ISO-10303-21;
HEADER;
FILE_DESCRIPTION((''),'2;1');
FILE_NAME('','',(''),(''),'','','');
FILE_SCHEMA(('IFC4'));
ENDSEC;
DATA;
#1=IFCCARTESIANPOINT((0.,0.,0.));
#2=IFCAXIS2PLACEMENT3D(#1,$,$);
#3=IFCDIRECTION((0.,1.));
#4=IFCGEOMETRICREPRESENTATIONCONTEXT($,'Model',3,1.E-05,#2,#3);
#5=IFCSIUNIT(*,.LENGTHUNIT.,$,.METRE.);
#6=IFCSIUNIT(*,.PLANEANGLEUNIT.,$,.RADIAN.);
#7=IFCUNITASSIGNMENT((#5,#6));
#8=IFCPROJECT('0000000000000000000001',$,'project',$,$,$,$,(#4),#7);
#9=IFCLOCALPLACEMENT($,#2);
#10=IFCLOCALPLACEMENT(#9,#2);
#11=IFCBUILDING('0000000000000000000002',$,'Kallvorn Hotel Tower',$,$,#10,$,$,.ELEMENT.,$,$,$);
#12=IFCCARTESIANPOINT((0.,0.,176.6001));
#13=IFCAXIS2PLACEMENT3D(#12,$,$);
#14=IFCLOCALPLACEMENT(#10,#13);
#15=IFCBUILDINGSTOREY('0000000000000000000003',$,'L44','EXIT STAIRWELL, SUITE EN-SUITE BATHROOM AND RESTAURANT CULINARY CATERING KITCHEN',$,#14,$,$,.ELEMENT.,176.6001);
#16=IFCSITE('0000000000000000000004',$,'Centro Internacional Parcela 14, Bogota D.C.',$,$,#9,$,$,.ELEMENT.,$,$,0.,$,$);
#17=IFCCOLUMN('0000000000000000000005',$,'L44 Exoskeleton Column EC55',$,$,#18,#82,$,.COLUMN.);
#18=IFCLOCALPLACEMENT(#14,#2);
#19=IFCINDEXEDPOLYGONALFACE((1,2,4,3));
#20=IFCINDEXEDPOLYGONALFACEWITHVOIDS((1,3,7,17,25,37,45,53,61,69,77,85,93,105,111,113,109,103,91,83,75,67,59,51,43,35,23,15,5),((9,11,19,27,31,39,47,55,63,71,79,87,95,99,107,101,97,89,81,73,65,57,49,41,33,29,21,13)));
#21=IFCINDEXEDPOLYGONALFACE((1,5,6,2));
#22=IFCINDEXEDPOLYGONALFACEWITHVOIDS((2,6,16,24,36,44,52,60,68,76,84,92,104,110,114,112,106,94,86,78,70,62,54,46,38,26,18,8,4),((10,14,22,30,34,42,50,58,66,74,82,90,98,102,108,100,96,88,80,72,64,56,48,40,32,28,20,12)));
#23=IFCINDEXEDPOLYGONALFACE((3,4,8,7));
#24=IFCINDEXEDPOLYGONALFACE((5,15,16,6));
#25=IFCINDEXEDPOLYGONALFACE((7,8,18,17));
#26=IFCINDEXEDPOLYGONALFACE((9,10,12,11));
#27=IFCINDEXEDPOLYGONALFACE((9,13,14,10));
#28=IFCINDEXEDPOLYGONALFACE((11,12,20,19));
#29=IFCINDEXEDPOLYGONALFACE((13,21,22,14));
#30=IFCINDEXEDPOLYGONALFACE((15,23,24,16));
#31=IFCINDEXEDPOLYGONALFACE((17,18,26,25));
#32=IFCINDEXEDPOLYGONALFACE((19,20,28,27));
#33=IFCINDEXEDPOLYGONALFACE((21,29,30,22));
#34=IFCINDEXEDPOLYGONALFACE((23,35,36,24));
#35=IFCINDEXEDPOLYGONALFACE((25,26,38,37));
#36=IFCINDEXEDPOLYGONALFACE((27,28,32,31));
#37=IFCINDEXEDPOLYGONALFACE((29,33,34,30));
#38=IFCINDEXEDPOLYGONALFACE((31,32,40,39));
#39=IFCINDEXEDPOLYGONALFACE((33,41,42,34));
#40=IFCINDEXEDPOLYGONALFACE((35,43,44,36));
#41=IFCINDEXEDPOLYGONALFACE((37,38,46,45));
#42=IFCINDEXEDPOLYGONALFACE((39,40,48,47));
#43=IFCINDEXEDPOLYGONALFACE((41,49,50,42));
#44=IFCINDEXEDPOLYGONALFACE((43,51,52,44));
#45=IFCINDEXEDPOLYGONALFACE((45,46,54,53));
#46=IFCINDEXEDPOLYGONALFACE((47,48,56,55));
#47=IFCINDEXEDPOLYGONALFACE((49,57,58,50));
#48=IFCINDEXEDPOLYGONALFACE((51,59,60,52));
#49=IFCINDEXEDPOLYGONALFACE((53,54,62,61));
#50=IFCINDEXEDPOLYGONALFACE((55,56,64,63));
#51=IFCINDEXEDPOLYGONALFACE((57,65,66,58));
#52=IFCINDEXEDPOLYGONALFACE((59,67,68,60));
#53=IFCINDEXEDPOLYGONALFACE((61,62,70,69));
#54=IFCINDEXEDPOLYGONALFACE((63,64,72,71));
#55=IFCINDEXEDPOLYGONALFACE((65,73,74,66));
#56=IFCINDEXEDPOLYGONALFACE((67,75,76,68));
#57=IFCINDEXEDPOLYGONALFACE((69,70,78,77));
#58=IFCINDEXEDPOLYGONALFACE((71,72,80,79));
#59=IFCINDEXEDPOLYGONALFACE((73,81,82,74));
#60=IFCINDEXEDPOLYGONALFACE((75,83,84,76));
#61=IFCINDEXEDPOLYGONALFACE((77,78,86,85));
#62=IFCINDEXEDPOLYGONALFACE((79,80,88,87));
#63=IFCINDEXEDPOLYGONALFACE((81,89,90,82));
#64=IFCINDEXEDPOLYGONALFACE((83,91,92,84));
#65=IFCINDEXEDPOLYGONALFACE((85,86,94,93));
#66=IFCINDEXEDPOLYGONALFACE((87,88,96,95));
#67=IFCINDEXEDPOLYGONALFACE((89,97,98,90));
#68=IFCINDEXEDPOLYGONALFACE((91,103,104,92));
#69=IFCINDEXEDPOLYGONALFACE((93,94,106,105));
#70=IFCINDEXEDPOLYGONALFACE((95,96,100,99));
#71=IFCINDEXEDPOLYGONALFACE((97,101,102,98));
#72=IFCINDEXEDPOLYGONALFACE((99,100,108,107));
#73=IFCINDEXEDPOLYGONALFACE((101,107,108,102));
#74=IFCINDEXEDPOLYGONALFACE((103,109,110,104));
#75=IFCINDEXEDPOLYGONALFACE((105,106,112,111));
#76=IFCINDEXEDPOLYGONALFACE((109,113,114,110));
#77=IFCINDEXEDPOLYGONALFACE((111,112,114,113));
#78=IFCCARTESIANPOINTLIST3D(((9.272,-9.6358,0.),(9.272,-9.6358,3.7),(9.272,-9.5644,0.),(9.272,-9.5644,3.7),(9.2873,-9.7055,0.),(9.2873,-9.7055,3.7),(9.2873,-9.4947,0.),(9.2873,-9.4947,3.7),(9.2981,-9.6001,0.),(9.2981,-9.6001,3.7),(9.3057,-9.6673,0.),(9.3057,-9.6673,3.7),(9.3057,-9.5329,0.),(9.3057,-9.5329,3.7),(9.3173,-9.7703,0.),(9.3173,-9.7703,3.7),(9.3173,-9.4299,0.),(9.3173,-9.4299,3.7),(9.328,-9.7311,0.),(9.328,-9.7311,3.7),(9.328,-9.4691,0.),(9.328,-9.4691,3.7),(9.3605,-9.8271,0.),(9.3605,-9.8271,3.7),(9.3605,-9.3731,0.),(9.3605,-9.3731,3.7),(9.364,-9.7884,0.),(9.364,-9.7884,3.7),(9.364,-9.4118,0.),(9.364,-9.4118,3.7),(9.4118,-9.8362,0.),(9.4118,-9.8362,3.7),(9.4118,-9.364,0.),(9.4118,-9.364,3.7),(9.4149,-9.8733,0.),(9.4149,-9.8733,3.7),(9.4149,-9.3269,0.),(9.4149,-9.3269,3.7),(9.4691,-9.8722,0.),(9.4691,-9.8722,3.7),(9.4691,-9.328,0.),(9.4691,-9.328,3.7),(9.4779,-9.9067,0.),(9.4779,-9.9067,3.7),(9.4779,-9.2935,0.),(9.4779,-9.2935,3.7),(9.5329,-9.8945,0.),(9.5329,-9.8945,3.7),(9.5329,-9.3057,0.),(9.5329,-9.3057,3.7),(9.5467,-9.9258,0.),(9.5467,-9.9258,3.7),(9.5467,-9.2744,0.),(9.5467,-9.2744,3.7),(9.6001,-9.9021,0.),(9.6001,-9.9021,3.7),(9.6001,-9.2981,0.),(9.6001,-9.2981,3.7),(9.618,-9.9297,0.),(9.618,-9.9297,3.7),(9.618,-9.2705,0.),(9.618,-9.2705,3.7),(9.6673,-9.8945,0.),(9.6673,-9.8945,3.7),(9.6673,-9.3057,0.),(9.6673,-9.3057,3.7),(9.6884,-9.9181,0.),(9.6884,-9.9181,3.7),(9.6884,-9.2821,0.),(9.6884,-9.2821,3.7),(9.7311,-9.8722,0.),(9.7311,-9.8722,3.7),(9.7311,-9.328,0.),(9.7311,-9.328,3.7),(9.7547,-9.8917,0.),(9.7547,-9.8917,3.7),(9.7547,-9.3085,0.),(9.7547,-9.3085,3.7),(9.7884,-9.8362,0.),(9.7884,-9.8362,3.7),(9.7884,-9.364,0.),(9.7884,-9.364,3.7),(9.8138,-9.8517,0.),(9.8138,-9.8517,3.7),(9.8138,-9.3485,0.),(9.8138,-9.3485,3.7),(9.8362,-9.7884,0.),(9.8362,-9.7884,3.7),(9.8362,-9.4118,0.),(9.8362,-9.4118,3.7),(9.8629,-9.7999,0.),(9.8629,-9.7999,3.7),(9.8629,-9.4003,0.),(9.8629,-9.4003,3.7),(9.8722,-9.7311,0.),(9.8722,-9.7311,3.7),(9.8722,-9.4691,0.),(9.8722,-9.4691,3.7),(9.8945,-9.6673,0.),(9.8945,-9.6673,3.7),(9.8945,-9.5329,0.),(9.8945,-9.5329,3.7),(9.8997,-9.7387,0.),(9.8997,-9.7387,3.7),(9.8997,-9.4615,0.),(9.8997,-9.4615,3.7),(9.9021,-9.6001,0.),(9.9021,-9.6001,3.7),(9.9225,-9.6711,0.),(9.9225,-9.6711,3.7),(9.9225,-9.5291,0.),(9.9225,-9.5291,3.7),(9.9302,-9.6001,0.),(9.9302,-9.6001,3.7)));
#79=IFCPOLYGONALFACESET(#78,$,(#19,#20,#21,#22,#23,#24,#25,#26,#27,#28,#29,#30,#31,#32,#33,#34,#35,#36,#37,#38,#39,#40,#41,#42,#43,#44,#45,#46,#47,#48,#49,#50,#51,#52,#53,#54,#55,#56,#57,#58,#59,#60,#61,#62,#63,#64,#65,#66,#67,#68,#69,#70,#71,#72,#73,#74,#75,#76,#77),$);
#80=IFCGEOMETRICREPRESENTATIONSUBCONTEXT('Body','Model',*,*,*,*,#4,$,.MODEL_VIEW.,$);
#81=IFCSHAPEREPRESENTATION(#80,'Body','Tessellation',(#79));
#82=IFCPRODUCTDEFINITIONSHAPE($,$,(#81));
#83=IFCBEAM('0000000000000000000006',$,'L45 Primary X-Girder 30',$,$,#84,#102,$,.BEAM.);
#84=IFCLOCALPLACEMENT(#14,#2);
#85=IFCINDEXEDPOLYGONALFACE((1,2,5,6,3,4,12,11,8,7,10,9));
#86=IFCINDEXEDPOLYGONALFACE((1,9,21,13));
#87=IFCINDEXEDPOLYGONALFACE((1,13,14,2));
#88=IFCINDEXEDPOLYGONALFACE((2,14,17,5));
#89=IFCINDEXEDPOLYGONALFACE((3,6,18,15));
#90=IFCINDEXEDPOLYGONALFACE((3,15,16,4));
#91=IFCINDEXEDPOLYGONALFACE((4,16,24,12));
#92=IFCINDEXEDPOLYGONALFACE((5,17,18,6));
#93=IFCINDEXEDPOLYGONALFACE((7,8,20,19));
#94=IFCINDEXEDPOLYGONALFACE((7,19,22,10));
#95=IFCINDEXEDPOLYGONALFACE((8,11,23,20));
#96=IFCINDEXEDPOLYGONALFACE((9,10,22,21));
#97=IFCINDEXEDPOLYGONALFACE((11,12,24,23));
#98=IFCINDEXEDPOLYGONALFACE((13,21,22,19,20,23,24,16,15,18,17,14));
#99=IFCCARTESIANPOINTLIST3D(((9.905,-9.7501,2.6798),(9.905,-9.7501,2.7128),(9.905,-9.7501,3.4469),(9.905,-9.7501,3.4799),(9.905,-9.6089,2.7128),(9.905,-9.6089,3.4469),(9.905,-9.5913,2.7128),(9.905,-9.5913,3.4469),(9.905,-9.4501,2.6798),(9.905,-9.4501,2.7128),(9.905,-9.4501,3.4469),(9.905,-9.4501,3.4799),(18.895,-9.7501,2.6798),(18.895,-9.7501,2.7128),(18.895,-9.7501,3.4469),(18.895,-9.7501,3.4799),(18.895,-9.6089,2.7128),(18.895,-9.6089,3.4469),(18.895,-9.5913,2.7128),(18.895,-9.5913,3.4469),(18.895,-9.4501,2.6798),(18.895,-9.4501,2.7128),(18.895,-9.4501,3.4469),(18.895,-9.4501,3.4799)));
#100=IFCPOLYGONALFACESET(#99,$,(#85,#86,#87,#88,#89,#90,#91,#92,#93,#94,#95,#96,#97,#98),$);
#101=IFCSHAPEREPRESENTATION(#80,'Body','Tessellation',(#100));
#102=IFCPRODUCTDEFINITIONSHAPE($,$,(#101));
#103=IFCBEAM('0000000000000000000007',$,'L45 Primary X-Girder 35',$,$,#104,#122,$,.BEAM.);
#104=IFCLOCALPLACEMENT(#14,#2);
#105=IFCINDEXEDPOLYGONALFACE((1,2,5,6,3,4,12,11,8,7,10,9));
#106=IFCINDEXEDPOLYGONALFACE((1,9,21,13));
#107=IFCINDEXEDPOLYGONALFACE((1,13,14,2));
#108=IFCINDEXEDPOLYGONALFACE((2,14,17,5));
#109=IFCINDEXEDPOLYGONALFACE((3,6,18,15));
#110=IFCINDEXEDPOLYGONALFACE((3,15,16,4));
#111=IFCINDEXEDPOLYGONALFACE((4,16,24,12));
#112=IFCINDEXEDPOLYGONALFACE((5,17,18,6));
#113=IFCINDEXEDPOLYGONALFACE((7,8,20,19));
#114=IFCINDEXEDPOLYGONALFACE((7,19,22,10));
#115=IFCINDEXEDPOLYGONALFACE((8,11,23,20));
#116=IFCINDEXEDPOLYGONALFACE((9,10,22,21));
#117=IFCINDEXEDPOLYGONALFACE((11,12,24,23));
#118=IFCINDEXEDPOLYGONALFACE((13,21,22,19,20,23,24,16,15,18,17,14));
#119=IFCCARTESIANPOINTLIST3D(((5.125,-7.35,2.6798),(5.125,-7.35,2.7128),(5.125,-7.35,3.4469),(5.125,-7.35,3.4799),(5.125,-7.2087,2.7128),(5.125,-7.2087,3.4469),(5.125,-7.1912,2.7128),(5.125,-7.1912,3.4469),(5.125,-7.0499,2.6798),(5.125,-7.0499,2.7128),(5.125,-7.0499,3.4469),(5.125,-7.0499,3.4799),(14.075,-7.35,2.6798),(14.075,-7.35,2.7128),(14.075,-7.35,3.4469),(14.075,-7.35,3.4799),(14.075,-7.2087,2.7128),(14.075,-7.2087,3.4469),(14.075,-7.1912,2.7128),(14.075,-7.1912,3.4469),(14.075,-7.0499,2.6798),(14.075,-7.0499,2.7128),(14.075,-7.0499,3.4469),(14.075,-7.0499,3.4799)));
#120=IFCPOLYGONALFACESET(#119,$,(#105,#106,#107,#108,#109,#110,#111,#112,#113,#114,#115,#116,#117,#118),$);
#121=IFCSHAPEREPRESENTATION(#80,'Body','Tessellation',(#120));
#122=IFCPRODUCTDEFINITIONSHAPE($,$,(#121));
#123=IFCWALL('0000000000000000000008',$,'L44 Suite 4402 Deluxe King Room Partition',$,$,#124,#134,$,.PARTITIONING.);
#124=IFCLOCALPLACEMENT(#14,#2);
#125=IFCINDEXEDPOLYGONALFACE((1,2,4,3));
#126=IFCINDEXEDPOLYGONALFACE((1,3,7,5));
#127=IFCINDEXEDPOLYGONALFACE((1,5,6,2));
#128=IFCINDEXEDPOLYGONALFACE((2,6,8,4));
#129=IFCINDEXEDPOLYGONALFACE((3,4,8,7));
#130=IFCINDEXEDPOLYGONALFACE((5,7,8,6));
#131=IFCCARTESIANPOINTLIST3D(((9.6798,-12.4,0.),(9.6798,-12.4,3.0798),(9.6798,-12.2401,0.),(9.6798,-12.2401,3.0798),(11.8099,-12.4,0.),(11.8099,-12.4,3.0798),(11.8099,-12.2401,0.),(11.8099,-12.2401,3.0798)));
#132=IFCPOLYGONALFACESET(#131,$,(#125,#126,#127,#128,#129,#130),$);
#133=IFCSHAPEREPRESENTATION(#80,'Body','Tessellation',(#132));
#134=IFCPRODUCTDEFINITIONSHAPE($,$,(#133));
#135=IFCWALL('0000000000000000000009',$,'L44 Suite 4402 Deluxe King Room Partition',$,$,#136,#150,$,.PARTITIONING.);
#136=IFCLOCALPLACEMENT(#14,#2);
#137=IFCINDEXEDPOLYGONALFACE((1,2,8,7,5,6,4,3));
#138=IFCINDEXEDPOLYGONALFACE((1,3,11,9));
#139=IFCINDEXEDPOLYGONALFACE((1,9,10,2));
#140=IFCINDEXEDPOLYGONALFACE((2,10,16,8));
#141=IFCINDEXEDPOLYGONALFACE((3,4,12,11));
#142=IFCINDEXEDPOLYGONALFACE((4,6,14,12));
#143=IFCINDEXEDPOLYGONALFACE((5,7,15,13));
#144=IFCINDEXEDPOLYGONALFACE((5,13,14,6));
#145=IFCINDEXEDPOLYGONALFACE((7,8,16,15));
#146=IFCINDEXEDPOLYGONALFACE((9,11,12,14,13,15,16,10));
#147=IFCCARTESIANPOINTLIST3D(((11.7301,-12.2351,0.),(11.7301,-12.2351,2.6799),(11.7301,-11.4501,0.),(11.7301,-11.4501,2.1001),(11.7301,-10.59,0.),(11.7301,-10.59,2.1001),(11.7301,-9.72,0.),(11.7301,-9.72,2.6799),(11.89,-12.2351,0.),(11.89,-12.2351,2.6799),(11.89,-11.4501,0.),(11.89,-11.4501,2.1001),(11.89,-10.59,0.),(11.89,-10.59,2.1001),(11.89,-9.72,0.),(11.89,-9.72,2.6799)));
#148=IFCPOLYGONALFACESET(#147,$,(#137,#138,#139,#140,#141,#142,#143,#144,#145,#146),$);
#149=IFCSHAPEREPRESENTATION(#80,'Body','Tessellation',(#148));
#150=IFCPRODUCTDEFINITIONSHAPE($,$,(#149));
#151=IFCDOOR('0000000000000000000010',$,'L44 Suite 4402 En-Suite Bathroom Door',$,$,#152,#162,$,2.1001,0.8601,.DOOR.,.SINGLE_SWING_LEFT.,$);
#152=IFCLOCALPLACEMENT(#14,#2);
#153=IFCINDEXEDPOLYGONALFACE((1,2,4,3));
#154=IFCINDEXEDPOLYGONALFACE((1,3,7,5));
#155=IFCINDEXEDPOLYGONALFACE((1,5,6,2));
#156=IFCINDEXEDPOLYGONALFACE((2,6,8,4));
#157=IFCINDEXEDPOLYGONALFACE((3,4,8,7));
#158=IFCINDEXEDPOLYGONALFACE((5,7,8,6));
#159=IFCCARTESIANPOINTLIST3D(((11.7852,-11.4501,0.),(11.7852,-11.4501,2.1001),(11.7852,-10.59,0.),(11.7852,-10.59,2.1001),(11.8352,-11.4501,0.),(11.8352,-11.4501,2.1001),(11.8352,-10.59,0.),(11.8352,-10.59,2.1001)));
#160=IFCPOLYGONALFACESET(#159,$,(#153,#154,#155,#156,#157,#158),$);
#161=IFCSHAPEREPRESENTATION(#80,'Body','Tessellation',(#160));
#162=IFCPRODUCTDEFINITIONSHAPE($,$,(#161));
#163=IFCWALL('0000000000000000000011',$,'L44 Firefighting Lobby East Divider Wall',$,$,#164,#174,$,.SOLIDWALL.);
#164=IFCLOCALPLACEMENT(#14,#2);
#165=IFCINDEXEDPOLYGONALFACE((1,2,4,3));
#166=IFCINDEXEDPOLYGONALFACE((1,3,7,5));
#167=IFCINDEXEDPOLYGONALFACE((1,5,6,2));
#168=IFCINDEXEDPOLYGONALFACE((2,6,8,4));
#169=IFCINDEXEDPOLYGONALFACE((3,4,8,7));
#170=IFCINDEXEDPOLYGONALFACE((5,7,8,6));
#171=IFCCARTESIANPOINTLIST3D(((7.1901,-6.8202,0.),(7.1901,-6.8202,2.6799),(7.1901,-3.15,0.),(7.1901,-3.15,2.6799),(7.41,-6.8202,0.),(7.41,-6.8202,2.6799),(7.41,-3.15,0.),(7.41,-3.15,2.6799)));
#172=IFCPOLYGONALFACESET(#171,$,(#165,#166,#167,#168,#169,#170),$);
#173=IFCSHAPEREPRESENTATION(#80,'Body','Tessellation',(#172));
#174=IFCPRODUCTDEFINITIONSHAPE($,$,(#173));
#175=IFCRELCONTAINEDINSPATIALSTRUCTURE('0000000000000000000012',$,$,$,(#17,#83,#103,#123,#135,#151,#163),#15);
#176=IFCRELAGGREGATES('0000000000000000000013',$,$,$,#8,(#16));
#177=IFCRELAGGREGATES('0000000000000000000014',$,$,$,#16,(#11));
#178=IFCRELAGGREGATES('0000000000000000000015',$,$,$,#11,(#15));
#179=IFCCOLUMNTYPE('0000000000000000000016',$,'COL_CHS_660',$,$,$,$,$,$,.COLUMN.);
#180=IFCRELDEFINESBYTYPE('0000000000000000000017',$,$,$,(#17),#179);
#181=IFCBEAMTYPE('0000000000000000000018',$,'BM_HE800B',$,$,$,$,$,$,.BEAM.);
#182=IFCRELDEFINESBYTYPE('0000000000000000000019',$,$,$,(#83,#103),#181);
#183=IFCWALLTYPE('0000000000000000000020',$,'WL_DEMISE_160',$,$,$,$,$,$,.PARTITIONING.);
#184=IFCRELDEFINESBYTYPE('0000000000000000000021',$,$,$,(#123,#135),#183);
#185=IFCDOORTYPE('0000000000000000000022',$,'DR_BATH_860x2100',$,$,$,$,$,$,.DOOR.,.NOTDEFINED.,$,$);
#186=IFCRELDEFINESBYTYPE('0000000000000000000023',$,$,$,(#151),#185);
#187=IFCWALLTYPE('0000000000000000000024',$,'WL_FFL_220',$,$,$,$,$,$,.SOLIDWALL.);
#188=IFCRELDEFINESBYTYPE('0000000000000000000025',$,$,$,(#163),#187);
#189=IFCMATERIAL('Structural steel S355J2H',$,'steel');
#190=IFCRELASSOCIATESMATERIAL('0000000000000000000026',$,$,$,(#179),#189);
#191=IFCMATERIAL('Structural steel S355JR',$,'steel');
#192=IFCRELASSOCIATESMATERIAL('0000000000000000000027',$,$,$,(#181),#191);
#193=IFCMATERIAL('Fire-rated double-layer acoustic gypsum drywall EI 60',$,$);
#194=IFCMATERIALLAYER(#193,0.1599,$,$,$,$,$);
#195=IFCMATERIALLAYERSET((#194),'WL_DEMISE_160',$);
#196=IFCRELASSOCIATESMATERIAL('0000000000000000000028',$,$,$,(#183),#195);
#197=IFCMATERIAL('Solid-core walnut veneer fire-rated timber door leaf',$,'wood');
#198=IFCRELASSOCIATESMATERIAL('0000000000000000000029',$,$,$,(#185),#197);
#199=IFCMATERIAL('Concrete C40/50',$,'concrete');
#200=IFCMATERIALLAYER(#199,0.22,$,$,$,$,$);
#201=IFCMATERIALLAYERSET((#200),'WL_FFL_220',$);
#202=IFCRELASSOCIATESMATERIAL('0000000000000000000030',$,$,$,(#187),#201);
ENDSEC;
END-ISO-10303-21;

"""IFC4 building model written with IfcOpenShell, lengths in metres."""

from ifc_helpers import new_model, si_unit, direction, frame, frame_2d, origin, origin_2d, place, context, subcontext, project, spatial, rectangle, hollow_circle, i_section, extrude, material, layer, layer_set, material_profile, profile_set, type_object, element, fill, save


model = new_model("IFC4")

# Units and contexts
model_context = context("Model", 3, precision=1e-05, world=origin(), true_north=direction((0.0, 1.0)))
body_context = subcontext(model_context, "Body", "Model", "MODEL_VIEW")
ifc_project = project(units=[si_unit("LENGTHUNIT", "METRE"), si_unit("PLANEANGLEUNIT", "RADIAN")], contexts=[model_context])

# Site, building, storey
site_placement = place(None, origin())
site = spatial("IfcSite", under=ifc_project, at=site_placement, Name="Centro Internacional Parcela 14, Bogota D.C.", CompositionType="ELEMENT", RefElevation=0.0)
building_placement = place(site_placement, origin())
building = spatial("IfcBuilding", under=site, at=building_placement, Name="Kallvorn Hotel Tower", CompositionType="ELEMENT")
storey_placement = place(building_placement, frame((0.0, 0.0, 176.6001)))
storey = spatial("IfcBuildingStorey", under=building, at=storey_placement, Name="L44", Description="EXIT STAIRWELL, SUITE EN-SUITE BATHROOM AND RESTAURANT CULINARY CATERING KITCHEN", CompositionType="ELEMENT", Elevation=176.6001)

# Column
ifc_material_1 = material(Name="Structural steel S355J2H", Category="steel")
ifc_material_profile_1 = material_profile(ifc_material_1, hollow_circle(Radius=0.3301, WallThickness=0.0281, at=origin_2d()), Name="CHS 660x28")
ifc_profile_set_1 = profile_set([ifc_material_profile_1], Name="Structural steel S355J2H")
column_type = type_object("IfcColumnType", Name="COL_CHS_660", PredefinedType="COLUMN", material=ifc_profile_set_1)
column_placement = place(storey_placement, frame((9.6001, -9.6001, 0.0), z_axis=(0.0, 0.0, 1.0), x_axis=(1.0, 0.0, 0.0)))
element("IfcColumn", 1, at=column_placement, inside=storey, type_object=column_type, Name="L44 Exoskeleton Column EC55", PredefinedType="COLUMN", context=body_context, shape_type="SweptSolid", body=[
    extrude(hollow_circle(Radius=0.3301, WallThickness=0.0281, at=origin_2d()), origin(), (0.0, 0.0, 1.0), 3.7),
])

# Beams
ifc_material_2 = material(Name="Structural steel S355JR", Category="steel")
ifc_material_profile_2 = material_profile(ifc_material_2, i_section(OverallWidth=0.3, OverallDepth=0.8, WebThickness=0.0176, FlangeThickness=0.033, at=origin_2d()), Name="HE 800 B")
ifc_profile_set_2 = profile_set([ifc_material_profile_2], Name="Structural steel S355JR")
beam_type = type_object("IfcBeamType", Name="BM_HE800B", PredefinedType="BEAM", material=ifc_profile_set_2)
beam_1_placement = place(storey_placement, frame((9.905, -9.6001, 3.0798), z_axis=(1.0, 0.0, 0.0), x_axis=(0.0, 1.0, 0.0)))
element("IfcBeam", 2, at=beam_1_placement, inside=storey, type_object=beam_type, Name="L45 Primary X-Girder 30", PredefinedType="BEAM", context=body_context, shape_type="SweptSolid", body=[
    extrude(i_section(OverallWidth=0.3, OverallDepth=0.8, WebThickness=0.0176, FlangeThickness=0.033, at=origin_2d()), origin(), (0.0, 0.0, 1.0), 8.99),
])
beam_2_placement = place(storey_placement, frame((5.125, -7.2, 3.0798), z_axis=(1.0, 0.0, 0.0), x_axis=(0.0, 1.0, 0.0)))
element("IfcBeam", 3, at=beam_2_placement, inside=storey, type_object=beam_type, Name="L45 Primary X-Girder 35", PredefinedType="BEAM", context=body_context, shape_type="SweptSolid", body=[
    extrude(i_section(OverallWidth=0.3, OverallDepth=0.8, WebThickness=0.0176, FlangeThickness=0.033, at=origin_2d()), origin(), (0.0, 0.0, 1.0), 8.95),
])

# Wall
ifc_material_3 = material(Name="Fire-rated double-layer acoustic gypsum drywall EI 60")
ifc_layer_1 = layer(ifc_material_3, 0.1599)
ifc_layer_set_1 = layer_set([ifc_layer_1], Name="WL_DEMISE_160")
wall_type_1 = type_object("IfcWallType", Name="WL_DEMISE_160", PredefinedType="PARTITIONING", material=ifc_layer_set_1)
wall_1_placement = place(storey_placement, frame((9.6799, -12.3201, 0.0), z_axis=(0.0, 0.0, 1.0), x_axis=(1.0, 0.0, 0.0)))
element("IfcWall", 4, at=wall_1_placement, inside=storey, type_object=wall_type_1, Name="L44 Suite 4402 Deluxe King Room Partition", PredefinedType="PARTITIONING", context=body_context, shape_type="SweptSolid", body=[
    extrude(rectangle(XDim=2.1301, YDim=0.1599, at=frame_2d((1.0649, 0.0))), origin(), (0.0, 0.0, 1.0), 3.0798),
])

# Wall, opening, door
wall_2_placement = place(storey_placement, frame((11.8101, -12.2351, 0.0), z_axis=(0.0, 0.0, 1.0), x_axis=(0.0, 1.0, 0.0)))
wall_2 = element("IfcWall", 5, at=wall_2_placement, inside=storey, type_object=wall_type_1, Name="L44 Suite 4402 Deluxe King Room Partition", PredefinedType="PARTITIONING", context=body_context, shape_type="SweptSolid", body=[
    extrude(rectangle(XDim=2.5151, YDim=0.1599, at=frame_2d((1.2576, 0.0))), origin(), (0.0, 0.0, 1.0), 2.6799),
])
opening_1_placement = place(wall_2_placement, frame((0.7849, 0.0, 0.0)))
opening_1 = element("IfcOpeningElement", 6, at=opening_1_placement, cuts=wall_2, PredefinedType="OPENING", context=body_context, shape_type="SweptSolid", body=[
    extrude(rectangle(XDim=0.8601, YDim=2.1001, at=frame_2d((0.4302, 1.05))), frame((0.0, 0.095, 0.0), z_axis=(0.0, -1.0, 0.0), x_axis=(1.0, 0.0, 0.0)), (0.0, 0.0, 1.0), 0.1899),
])
ifc_material_4 = material(Name="Solid-core walnut veneer fire-rated timber door leaf", Category="wood")
door_type_1 = type_object("IfcDoorType", Name="DR_BATH_860x2100", OperationType="NOTDEFINED", PredefinedType="DOOR", material=ifc_material_4)
door_1_placement = place(opening_1_placement, origin())
door_1 = element("IfcDoor", 7, at=door_1_placement, inside=storey, type_object=door_type_1, Name="L44 Suite 4402 En-Suite Bathroom Door", OperationType="SINGLE_SWING_LEFT", OverallHeight=2.1001, OverallWidth=0.8601, PredefinedType="DOOR", context=body_context, shape_type="SweptSolid", body=[
    extrude(rectangle(XDim=0.8601, YDim=2.1001, at=frame_2d((0.4302, 1.05))), frame((0.0, 0.0249, 0.0), z_axis=(0.0, -1.0, 0.0), x_axis=(1.0, 0.0, 0.0)), (0.0, 0.0, 1.0), 0.05),
])
fill(opening_1, door_1)

# Wall
ifc_material_5 = material(Name="Concrete C40/50", Category="concrete")
ifc_layer_2 = layer(ifc_material_5, 0.22)
ifc_layer_set_2 = layer_set([ifc_layer_2], Name="WL_FFL_220")
wall_type_2 = type_object("IfcWallType", Name="WL_FFL_220", PredefinedType="SOLIDWALL", material=ifc_layer_set_2)
wall_3_placement = place(storey_placement, frame((7.3, -6.8201, 0.0), z_axis=(0.0, 0.0, 1.0), x_axis=(0.0, 1.0, 0.0)))
element("IfcWall", 8, at=wall_3_placement, inside=storey, type_object=wall_type_2, Name="L44 Firefighting Lobby East Divider Wall", PredefinedType="SOLIDWALL", context=body_context, shape_type="SweptSolid", body=[
    extrude(rectangle(XDim=3.6702, YDim=0.22, at=frame_2d((1.835, 0.0))), origin(), (0.0, 0.0, 1.0), 2.6799),
])

save(model, "model.ifc")
